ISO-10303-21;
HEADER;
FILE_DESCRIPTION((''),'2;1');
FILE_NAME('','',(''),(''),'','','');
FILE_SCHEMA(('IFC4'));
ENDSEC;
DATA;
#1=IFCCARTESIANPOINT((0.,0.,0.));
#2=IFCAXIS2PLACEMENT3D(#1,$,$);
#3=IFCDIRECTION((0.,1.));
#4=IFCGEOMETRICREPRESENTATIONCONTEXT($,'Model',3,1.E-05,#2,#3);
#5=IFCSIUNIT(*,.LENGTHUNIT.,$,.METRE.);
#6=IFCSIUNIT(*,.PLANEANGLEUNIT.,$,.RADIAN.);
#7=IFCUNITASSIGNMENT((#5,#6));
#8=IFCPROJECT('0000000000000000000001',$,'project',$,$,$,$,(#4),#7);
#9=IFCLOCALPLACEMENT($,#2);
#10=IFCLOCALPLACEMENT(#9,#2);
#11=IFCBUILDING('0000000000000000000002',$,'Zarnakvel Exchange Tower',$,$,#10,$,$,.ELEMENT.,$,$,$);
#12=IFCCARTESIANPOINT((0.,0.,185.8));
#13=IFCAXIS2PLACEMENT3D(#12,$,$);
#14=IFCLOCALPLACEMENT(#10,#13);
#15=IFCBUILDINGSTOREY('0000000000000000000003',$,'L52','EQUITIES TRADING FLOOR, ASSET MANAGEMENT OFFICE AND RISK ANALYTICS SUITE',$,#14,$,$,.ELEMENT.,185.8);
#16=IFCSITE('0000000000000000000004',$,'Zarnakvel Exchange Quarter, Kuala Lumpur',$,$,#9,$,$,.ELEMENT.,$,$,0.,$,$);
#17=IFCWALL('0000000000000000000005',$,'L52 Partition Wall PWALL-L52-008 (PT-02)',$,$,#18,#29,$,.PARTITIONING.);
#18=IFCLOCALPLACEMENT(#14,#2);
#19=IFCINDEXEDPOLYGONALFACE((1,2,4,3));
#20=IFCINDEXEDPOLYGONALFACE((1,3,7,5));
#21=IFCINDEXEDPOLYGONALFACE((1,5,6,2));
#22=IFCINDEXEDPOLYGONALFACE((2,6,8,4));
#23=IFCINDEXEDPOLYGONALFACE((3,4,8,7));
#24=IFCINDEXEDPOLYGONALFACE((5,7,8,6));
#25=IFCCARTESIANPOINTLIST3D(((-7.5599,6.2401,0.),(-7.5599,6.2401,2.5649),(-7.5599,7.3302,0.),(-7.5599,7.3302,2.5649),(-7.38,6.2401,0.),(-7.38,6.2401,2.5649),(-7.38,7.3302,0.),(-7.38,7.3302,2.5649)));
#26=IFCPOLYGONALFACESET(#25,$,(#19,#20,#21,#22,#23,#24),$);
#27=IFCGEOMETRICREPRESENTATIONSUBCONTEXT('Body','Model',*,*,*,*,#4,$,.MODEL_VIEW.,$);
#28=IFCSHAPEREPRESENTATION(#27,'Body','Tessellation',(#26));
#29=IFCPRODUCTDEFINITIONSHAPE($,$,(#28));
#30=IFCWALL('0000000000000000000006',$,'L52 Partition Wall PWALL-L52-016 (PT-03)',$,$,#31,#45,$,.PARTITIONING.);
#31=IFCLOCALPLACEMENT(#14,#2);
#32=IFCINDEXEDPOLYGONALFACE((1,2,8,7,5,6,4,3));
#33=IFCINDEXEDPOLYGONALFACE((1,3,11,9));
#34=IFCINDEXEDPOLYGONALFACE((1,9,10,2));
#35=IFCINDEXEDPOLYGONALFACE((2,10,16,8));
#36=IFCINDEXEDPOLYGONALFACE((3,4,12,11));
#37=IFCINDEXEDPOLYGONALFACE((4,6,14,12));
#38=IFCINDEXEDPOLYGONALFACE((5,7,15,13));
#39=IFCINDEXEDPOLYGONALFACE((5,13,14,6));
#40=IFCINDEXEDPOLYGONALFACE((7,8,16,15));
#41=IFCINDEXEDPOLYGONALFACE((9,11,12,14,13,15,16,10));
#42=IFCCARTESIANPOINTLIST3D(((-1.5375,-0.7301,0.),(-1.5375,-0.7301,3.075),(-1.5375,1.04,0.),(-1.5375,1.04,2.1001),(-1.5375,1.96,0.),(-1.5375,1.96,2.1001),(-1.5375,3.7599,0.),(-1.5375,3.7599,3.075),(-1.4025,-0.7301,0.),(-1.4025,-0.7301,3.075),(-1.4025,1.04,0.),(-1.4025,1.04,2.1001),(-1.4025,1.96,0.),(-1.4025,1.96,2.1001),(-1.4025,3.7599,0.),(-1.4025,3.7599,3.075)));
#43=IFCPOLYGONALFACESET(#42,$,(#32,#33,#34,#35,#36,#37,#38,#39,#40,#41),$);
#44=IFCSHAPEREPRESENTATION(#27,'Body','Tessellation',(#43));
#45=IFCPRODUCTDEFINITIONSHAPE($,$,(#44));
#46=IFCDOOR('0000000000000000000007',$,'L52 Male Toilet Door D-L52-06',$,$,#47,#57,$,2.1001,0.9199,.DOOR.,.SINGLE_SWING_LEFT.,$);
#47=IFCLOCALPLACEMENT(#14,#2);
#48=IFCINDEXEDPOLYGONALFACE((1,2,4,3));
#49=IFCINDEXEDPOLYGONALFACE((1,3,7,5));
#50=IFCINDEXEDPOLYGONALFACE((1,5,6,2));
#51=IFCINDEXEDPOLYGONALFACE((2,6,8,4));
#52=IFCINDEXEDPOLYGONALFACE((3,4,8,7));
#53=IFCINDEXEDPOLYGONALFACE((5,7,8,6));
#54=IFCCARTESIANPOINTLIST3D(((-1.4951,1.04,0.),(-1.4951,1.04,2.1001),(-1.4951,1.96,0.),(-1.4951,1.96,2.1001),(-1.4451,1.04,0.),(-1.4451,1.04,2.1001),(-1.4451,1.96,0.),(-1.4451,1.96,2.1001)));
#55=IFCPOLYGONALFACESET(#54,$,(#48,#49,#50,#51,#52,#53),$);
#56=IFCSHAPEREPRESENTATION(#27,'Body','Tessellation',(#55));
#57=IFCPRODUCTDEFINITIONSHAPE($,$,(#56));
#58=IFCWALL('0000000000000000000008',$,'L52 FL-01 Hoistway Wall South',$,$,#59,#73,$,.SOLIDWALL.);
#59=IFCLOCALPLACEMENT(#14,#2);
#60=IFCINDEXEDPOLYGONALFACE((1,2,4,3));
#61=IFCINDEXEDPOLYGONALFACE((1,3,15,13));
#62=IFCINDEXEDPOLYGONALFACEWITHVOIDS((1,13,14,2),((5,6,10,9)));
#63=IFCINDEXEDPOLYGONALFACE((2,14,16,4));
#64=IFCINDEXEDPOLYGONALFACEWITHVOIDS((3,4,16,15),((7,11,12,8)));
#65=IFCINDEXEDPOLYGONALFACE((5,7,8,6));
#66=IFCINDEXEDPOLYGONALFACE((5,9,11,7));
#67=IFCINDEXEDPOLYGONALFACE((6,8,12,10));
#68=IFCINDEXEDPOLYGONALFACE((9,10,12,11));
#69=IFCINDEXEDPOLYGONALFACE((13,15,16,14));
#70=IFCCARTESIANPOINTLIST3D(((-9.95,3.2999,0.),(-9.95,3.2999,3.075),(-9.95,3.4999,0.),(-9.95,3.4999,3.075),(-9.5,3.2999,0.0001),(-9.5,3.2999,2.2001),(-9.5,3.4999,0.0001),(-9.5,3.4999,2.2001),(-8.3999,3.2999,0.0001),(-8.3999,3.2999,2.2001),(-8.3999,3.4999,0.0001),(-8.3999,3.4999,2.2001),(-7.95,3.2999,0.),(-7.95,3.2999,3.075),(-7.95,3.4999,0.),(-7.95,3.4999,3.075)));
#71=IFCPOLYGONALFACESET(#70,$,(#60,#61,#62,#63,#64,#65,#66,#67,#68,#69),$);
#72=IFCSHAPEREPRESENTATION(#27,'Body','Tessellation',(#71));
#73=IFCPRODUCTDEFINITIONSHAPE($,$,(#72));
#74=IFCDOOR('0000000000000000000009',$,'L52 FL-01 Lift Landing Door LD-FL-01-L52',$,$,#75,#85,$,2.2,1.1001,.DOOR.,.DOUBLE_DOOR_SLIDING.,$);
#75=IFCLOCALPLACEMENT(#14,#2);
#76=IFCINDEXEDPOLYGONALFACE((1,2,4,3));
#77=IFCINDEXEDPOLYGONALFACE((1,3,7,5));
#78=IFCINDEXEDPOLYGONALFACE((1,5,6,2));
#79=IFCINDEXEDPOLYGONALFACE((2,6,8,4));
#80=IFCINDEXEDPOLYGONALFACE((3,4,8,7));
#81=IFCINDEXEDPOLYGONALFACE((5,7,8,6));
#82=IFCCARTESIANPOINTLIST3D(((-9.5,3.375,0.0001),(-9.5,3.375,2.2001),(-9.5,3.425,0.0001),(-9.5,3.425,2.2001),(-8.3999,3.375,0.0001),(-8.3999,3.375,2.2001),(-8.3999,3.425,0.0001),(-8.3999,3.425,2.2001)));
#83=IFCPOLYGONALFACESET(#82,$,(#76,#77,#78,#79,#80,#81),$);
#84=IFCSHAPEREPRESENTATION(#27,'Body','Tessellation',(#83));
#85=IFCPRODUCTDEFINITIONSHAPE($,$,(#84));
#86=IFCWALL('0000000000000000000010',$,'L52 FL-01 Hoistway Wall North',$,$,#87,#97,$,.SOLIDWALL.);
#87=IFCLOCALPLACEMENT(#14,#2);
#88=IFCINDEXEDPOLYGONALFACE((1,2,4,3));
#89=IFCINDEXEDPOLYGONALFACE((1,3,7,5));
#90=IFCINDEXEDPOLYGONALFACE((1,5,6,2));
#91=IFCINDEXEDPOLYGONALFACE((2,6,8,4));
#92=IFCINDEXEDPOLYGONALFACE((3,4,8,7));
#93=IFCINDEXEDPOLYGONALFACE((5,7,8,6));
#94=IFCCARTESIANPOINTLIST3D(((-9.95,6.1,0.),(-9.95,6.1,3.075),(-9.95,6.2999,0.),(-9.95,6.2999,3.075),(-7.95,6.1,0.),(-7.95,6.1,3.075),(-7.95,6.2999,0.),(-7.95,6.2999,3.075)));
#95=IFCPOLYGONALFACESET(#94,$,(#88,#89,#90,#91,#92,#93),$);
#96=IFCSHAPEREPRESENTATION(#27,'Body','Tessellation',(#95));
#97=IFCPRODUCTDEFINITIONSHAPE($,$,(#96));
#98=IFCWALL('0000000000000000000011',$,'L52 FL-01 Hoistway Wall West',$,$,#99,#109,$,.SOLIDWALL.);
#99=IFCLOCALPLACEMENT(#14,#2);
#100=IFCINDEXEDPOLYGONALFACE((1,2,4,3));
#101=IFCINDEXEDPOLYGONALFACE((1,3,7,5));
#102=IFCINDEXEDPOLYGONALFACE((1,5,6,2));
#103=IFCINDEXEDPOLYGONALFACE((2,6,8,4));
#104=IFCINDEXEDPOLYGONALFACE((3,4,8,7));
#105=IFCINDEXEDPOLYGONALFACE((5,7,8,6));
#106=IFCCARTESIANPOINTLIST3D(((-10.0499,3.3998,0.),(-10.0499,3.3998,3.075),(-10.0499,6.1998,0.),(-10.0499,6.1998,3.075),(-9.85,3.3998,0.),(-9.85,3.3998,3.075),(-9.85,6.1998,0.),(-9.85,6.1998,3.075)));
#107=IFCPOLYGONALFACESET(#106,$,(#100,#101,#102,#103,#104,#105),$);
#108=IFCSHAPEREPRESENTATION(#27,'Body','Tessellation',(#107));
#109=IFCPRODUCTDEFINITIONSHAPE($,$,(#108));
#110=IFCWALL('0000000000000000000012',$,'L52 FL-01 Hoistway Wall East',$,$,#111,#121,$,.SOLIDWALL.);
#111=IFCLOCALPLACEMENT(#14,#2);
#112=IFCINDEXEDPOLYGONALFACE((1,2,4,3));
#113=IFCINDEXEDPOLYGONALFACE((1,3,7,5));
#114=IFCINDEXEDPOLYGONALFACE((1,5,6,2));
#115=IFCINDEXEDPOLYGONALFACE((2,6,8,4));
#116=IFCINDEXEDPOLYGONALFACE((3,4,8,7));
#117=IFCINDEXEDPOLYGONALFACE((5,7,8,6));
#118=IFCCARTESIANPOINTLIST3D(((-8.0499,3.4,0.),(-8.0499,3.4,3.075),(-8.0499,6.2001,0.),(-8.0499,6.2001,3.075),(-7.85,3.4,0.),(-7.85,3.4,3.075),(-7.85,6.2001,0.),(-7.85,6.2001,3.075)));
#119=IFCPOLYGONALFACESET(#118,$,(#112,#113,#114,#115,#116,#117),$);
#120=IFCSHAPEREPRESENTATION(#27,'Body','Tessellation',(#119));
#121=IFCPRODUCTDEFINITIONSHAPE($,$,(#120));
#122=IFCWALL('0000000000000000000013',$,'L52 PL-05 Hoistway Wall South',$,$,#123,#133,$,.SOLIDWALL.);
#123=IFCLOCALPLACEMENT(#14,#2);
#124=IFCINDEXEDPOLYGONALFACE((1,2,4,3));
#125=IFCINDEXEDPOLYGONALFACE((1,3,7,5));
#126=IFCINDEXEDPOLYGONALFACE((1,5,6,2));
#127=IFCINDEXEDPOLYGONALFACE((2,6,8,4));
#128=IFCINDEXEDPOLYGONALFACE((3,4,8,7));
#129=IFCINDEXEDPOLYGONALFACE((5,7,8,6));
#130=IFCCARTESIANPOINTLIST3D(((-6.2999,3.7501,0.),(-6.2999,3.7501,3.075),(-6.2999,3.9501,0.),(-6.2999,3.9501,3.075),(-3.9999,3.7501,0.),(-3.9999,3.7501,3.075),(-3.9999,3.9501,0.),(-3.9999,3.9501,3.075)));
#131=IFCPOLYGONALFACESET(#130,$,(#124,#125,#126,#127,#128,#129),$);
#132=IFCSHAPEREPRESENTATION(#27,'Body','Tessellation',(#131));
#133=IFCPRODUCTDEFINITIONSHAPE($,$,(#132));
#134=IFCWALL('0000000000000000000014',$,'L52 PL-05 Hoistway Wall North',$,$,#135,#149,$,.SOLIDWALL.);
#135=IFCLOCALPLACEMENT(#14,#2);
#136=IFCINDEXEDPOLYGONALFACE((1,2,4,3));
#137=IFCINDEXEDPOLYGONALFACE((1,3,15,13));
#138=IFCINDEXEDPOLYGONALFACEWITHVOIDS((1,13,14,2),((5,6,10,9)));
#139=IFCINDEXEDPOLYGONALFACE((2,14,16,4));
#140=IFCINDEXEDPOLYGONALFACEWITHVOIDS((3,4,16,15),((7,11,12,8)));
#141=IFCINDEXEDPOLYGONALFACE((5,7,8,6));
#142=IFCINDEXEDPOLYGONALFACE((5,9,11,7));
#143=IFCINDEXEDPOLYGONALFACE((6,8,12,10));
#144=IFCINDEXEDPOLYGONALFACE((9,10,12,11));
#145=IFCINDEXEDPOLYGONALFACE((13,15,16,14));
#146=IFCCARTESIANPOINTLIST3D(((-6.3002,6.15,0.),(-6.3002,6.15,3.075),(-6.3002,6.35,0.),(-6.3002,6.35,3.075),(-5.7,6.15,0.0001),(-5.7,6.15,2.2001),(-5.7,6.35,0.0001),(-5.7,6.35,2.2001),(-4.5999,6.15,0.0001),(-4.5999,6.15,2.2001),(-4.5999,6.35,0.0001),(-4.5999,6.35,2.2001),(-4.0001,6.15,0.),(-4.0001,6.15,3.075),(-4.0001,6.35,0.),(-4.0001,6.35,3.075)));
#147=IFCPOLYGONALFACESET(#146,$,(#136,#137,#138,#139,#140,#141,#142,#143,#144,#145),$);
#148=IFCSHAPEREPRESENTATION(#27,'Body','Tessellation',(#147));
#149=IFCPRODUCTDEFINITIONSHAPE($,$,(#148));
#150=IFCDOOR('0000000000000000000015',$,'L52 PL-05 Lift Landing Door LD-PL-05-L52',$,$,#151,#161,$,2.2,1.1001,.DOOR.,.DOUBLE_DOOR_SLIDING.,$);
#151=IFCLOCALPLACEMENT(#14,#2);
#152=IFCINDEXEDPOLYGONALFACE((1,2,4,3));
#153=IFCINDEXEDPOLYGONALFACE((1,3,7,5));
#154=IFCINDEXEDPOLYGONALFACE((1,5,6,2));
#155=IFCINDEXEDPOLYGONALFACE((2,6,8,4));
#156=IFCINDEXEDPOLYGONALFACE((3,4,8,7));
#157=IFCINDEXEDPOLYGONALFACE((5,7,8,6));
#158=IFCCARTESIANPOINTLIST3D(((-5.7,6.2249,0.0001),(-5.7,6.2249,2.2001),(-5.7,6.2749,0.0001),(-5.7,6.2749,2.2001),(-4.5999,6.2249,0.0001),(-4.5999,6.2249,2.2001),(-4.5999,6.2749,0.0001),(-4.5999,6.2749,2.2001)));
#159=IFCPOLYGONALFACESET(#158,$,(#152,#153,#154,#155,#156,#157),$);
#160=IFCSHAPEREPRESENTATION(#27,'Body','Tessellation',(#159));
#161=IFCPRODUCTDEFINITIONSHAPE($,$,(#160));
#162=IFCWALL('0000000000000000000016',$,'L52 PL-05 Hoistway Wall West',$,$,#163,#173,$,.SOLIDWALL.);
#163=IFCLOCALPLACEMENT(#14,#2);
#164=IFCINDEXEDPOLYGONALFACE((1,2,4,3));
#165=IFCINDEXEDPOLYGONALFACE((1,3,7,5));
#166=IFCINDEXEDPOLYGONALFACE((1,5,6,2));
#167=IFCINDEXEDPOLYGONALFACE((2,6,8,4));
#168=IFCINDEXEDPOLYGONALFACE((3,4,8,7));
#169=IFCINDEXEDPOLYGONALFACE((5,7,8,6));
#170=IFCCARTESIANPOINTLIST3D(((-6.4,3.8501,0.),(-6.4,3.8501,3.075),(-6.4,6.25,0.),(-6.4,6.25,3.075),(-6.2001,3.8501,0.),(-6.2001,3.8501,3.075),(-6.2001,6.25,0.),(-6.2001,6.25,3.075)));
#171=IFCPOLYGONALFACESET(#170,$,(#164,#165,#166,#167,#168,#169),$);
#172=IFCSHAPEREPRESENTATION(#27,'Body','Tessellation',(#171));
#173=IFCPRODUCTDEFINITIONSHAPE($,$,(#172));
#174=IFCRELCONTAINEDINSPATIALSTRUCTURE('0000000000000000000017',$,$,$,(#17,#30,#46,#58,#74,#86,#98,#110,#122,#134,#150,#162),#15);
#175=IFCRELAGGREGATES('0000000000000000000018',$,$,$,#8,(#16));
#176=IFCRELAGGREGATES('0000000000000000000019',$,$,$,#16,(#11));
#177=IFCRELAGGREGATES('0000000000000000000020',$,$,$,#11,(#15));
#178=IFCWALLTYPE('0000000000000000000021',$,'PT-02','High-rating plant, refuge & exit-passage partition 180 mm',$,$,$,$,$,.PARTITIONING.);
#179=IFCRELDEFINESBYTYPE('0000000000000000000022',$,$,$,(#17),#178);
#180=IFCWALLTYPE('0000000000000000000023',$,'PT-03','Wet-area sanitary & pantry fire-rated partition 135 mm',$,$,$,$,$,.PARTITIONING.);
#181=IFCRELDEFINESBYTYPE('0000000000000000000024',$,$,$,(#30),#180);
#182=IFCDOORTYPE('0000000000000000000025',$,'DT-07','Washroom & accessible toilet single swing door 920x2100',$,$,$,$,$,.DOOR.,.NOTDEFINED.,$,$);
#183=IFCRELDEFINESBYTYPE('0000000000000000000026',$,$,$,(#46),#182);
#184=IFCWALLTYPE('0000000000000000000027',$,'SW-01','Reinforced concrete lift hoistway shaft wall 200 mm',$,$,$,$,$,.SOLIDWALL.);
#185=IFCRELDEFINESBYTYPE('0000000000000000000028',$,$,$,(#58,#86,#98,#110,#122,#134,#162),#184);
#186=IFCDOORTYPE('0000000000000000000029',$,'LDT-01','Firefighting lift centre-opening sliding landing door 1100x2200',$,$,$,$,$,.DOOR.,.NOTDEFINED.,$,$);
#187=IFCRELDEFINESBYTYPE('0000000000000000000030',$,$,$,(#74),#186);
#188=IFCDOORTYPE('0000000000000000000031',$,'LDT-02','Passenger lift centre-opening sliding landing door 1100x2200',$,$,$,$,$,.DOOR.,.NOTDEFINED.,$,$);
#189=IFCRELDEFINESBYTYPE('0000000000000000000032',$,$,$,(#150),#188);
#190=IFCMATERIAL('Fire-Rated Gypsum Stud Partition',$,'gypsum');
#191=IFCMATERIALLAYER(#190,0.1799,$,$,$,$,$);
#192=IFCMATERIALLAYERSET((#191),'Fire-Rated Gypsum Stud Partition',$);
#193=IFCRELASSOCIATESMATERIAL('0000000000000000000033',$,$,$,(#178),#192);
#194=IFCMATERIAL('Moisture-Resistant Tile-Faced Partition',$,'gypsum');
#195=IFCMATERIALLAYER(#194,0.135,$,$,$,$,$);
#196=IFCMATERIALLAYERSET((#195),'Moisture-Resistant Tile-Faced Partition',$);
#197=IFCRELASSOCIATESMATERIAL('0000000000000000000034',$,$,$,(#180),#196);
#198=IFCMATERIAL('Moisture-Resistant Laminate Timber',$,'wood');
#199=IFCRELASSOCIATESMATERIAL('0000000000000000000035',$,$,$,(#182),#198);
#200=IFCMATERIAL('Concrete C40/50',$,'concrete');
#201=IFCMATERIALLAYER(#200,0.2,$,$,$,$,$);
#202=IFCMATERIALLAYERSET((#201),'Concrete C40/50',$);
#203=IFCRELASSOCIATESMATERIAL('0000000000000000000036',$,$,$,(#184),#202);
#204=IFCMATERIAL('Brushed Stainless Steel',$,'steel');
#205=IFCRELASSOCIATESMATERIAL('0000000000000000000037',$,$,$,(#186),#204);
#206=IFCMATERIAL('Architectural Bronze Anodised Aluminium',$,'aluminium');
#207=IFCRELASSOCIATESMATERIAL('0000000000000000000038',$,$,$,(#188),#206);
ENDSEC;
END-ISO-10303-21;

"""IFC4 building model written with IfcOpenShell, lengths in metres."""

from ifc_helpers import new_model, si_unit, direction, frame, frame_2d, origin, place, context, subcontext, project, spatial, rectangle, extrude, source, transform, mapped, material, layer, layer_set, type_object, element, fill, save


model = new_model("IFC4")

# Units and contexts
model_context = context("Model", 3, precision=1e-05, world=origin(), true_north=direction((0.0, 1.0)))
body_context = subcontext(model_context, "Body", "Model", "MODEL_VIEW")
ifc_project = project(units=[si_unit("LENGTHUNIT", "METRE"), si_unit("PLANEANGLEUNIT", "RADIAN")], contexts=[model_context])

# Site, building, storey
site_placement = place(None, origin())
site = spatial("IfcSite", under=ifc_project, at=site_placement, Name="Zarnakvel Exchange Quarter, Kuala Lumpur", CompositionType="ELEMENT", RefElevation=0.0)
building_placement = place(site_placement, origin())
building = spatial("IfcBuilding", under=site, at=building_placement, Name="Zarnakvel Exchange Tower", CompositionType="ELEMENT")
storey_placement = place(building_placement, frame((0.0, 0.0, 185.8)))
storey = spatial("IfcBuildingStorey", under=building, at=storey_placement, Name="L52", Description="EQUITIES TRADING FLOOR, ASSET MANAGEMENT OFFICE AND RISK ANALYTICS SUITE", CompositionType="ELEMENT", Elevation=185.8)

# Shared definitions
ifc_material_1 = material(Name="Concrete C40/50", Category="concrete")

# Wall
ifc_material_2 = material(Name="Fire-Rated Gypsum Stud Partition", Category="gypsum")
ifc_layer_1 = layer(ifc_material_2, 0.1799)
ifc_layer_set_1 = layer_set([ifc_layer_1], Name="Fire-Rated Gypsum Stud Partition")
wall_type_1 = type_object("IfcWallType", Name="PT-02", Description="High-rating plant, refuge & exit-passage partition 180 mm", PredefinedType="PARTITIONING", material=ifc_layer_set_1)
wall_1_placement = place(storey_placement, frame((-7.47, 7.3301, 0.0), z_axis=(0.0, 0.0, 1.0), x_axis=(0.0, -1.0, 0.0)))
element("IfcWall", 1, at=wall_1_placement, inside=storey, type_object=wall_type_1, Name="L52 Partition Wall PWALL-L52-008 (PT-02)", PredefinedType="PARTITIONING", context=body_context, shape_type="SweptSolid", body=[
    extrude(rectangle(XDim=1.0901, YDim=0.1799, at=frame_2d((0.5449, 0.0))), origin(), (0.0, 0.0, 1.0), 2.5649),
])

# Walls, openings, doors
ifc_material_3 = material(Name="Moisture-Resistant Tile-Faced Partition", Category="gypsum")
ifc_layer_2 = layer(ifc_material_3, 0.135)
ifc_layer_set_2 = layer_set([ifc_layer_2], Name="Moisture-Resistant Tile-Faced Partition")
wall_type_2 = type_object("IfcWallType", Name="PT-03", Description="Wet-area sanitary & pantry fire-rated partition 135 mm", PredefinedType="PARTITIONING", material=ifc_layer_set_2)
wall_2_placement = place(storey_placement, frame((-1.47, 3.76, 0.0), z_axis=(0.0, 0.0, 1.0), x_axis=(0.0, -1.0, 0.0)))
wall_2 = element("IfcWall", 2, at=wall_2_placement, inside=storey, type_object=wall_type_2, Name="L52 Partition Wall PWALL-L52-016 (PT-03)", PredefinedType="PARTITIONING", context=body_context, shape_type="SweptSolid", body=[
    extrude(rectangle(XDim=4.49, YDim=0.135, at=frame_2d((2.2451, 0.0))), origin(), (0.0, 0.0, 1.0), 3.075),
])
opening_1_placement = place(wall_2_placement, frame((1.8, 0.0, 0.0)))
opening_1 = element("IfcOpeningElement", 3, at=opening_1_placement, cuts=wall_2, PredefinedType="OPENING", context=body_context, shape_type="SweptSolid", body=[
    extrude(rectangle(XDim=0.9199, YDim=2.1001, at=frame_2d((0.46, 1.05))), frame((0.0, 0.0774, 0.0), z_axis=(0.0, -1.0, 0.0), x_axis=(1.0, 0.0, 0.0)), (0.0, 0.0, 1.0), 0.155),
])
ifc_material_4 = material(Name="Moisture-Resistant Laminate Timber", Category="wood")
door_type_1 = type_object("IfcDoorType", Name="DT-07", Description="Washroom & accessible toilet single swing door 920x2100", OperationType="NOTDEFINED", PredefinedType="DOOR", material=ifc_material_4)
shared_shape_1 = source(origin(), body_context, "Body", "SweptSolid", [
    extrude(rectangle(XDim=0.9199, YDim=2.1001, at=frame_2d((0.46, 1.05))), frame((0.0, 0.0249, 0.0), z_axis=(0.0, -1.0, 0.0), x_axis=(1.0, 0.0, 0.0)), (0.0, 0.0, 1.0), 0.05),
])
door_1_placement = place(opening_1_placement, origin())
door_1 = element("IfcDoor", 4, at=door_1_placement, inside=storey, type_object=door_type_1, Name="L52 Male Toilet Door D-L52-06", OperationType="SINGLE_SWING_LEFT", OverallHeight=2.1001, OverallWidth=0.9199, PredefinedType="DOOR", context=body_context, shape_type="MappedRepresentation", body=[
    mapped(shared_shape_1, transform((0.0, 0.0, 0.0), x_axis=(1.0, 0.0, 0.0), y_axis=(0.0, 1.0, 0.0), z_axis=(0.0, 0.0, 1.0), scale=1.0)),
])
fill(opening_1, door_1)
ifc_layer_3 = layer(ifc_material_1, 0.2)
ifc_layer_set_3 = layer_set([ifc_layer_3], Name="Concrete C40/50")
wall_type_3 = type_object("IfcWallType", Name="SW-01", Description="Reinforced concrete lift hoistway shaft wall 200 mm", PredefinedType="SOLIDWALL", material=ifc_layer_set_3)
wall_3_placement = place(storey_placement, frame((-7.95, 3.3999, 0.0), z_axis=(0.0, 0.0, 1.0), x_axis=(-1.0, 0.0, 0.0)))
wall_3 = element("IfcWall", 5, at=wall_3_placement, inside=storey, type_object=wall_type_3, Name="L52 FL-01 Hoistway Wall South", PredefinedType="SOLIDWALL", context=body_context, shape_type="SweptSolid", body=[
    extrude(rectangle(XDim=2.0, YDim=0.2, at=frame_2d((1.0, 0.0))), origin(), (0.0, 0.0, 1.0), 3.075),
])
opening_2_placement = place(wall_3_placement, frame((0.45, 0.0, 0.0)))
opening_2 = element("IfcOpeningElement", 6, at=opening_2_placement, cuts=wall_3, PredefinedType="OPENING", context=body_context, shape_type="SweptSolid", body=[
    extrude(rectangle(XDim=1.1001, YDim=2.2, at=frame_2d((0.55, 1.1001))), frame((0.0, 0.1099, 0.0), z_axis=(0.0, -1.0, 0.0), x_axis=(1.0, 0.0, 0.0)), (0.0, 0.0, 1.0), 0.22),
])
ifc_material_5 = material(Name="Brushed Stainless Steel", Category="steel")
door_type_2 = type_object("IfcDoorType", Name="LDT-01", Description="Firefighting lift centre-opening sliding landing door 1100x2200", OperationType="NOTDEFINED", PredefinedType="DOOR", material=ifc_material_5)
shared_shape_2 = source(origin(), body_context, "Body", "SweptSolid", [
    extrude(rectangle(XDim=1.1001, YDim=2.2, at=frame_2d((0.55, 1.1001))), frame((0.0, 0.0249, 0.0), z_axis=(0.0, -1.0, 0.0), x_axis=(1.0, 0.0, 0.0)), (0.0, 0.0, 1.0), 0.05),
])
door_2_placement = place(opening_2_placement, origin())
door_2 = element("IfcDoor", 7, at=door_2_placement, inside=storey, type_object=door_type_2, Name="L52 FL-01 Lift Landing Door LD-FL-01-L52", OperationType="DOUBLE_DOOR_SLIDING", OverallHeight=2.2, OverallWidth=1.1001, PredefinedType="DOOR", context=body_context, shape_type="MappedRepresentation", body=[
    mapped(shared_shape_2, transform((0.0, 0.0, 0.0), x_axis=(1.0, 0.0, 0.0), y_axis=(0.0, 1.0, 0.0), z_axis=(0.0, 0.0, 1.0), scale=1.0)),
])
fill(opening_2, door_2)

# Walls
wall_4_placement = place(storey_placement, frame((-9.95, 6.2, 0.0), z_axis=(0.0, 0.0, 1.0), x_axis=(1.0, 0.0, 0.0)))
element("IfcWall", 8, at=wall_4_placement, inside=storey, type_object=wall_type_3, Name="L52 FL-01 Hoistway Wall North", PredefinedType="SOLIDWALL", context=body_context, shape_type="SweptSolid", body=[
    extrude(rectangle(XDim=2.0, YDim=0.2, at=frame_2d((1.0, 0.0))), origin(), (0.0, 0.0, 1.0), 3.075),
])
for number, where, z_axis, x_axis, name in (
    (9, (-9.95, 3.3999, 0.0), (0.0, 0.0, 1.0), (0.0, 1.0, 0.0), "L52 FL-01 Hoistway Wall West"),
    (10, (-7.95, 6.2, 0.0), (0.0, 0.0, 1.0), (0.0, -1.0, 0.0), "L52 FL-01 Hoistway Wall East"),
):
    element("IfcWall", number, at=place(storey_placement, frame(where, z_axis=z_axis, x_axis=x_axis)), inside=storey, type_object=wall_type_3, Name=name, PredefinedType="SOLIDWALL", context=body_context, shape_type="SweptSolid", body=[
        extrude(rectangle(XDim=2.8, YDim=0.2, at=frame_2d((1.3999, 0.0))), origin(), (0.0, 0.0, 1.0), 3.075),
    ])
wall_5_placement = place(storey_placement, frame((-4.0, 3.8501, 0.0), z_axis=(0.0, 0.0, 1.0), x_axis=(-1.0, 0.0, 0.0)))
element("IfcWall", 11, at=wall_5_placement, inside=storey, type_object=wall_type_3, Name="L52 PL-05 Hoistway Wall South", PredefinedType="SOLIDWALL", context=body_context, shape_type="SweptSolid", body=[
    extrude(rectangle(XDim=2.3, YDim=0.2, at=frame_2d((1.1499, 0.0))), origin(), (0.0, 0.0, 1.0), 3.075),
])

# Wall, opening, door
wall_6_placement = place(storey_placement, frame((-6.3, 6.25, 0.0), z_axis=(0.0, 0.0, 1.0), x_axis=(1.0, 0.0, 0.0)))
wall_6 = element("IfcWall", 12, at=wall_6_placement, inside=storey, type_object=wall_type_3, Name="L52 PL-05 Hoistway Wall North", PredefinedType="SOLIDWALL", context=body_context, shape_type="SweptSolid", body=[
    extrude(rectangle(XDim=2.3, YDim=0.2, at=frame_2d((1.1499, 0.0))), origin(), (0.0, 0.0, 1.0), 3.075),
])
opening_3_placement = place(wall_6_placement, frame((0.6001, 0.0, 0.0)))
opening_3 = element("IfcOpeningElement", 13, at=opening_3_placement, cuts=wall_6, PredefinedType="OPENING", context=body_context, shape_type="SweptSolid", body=[
    extrude(rectangle(XDim=1.1001, YDim=2.2, at=frame_2d((0.55, 1.1001))), frame((0.0, 0.1099, 0.0), z_axis=(0.0, -1.0, 0.0), x_axis=(1.0, 0.0, 0.0)), (0.0, 0.0, 1.0), 0.22),
])
ifc_material_6 = material(Name="Architectural Bronze Anodised Aluminium", Category="aluminium")
door_type_3 = type_object("IfcDoorType", Name="LDT-02", Description="Passenger lift centre-opening sliding landing door 1100x2200", OperationType="NOTDEFINED", PredefinedType="DOOR", material=ifc_material_6)
door_3_placement = place(opening_3_placement, origin())
door_3 = element("IfcDoor", 14, at=door_3_placement, inside=storey, type_object=door_type_3, Name="L52 PL-05 Lift Landing Door LD-PL-05-L52", OperationType="DOUBLE_DOOR_SLIDING", OverallHeight=2.2, OverallWidth=1.1001, PredefinedType="DOOR", context=body_context, shape_type="MappedRepresentation", body=[
    mapped(shared_shape_2, transform((0.0, 0.0, 0.0), x_axis=(1.0, 0.0, 0.0), y_axis=(0.0, 1.0, 0.0), z_axis=(0.0, 0.0, 1.0), scale=1.0)),
])
fill(opening_3, door_3)

# Wall
for number, where, z_axis, x_axis, name in (
    (15, (-6.3, 3.8501, 0.0), (0.0, 0.0, 1.0), (0.0, 1.0, 0.0), "L52 PL-05 Hoistway Wall West"),
):
    element("IfcWall", number, at=place(storey_placement, frame(where, z_axis=z_axis, x_axis=x_axis)), inside=storey, type_object=wall_type_3, Name=name, PredefinedType="SOLIDWALL", context=body_context, shape_type="SweptSolid", body=[
        extrude(rectangle(XDim=2.3999, YDim=0.2, at=frame_2d((1.2, 0.0))), origin(), (0.0, 0.0, 1.0), 3.075),
    ])

save(model, "model.ifc")
